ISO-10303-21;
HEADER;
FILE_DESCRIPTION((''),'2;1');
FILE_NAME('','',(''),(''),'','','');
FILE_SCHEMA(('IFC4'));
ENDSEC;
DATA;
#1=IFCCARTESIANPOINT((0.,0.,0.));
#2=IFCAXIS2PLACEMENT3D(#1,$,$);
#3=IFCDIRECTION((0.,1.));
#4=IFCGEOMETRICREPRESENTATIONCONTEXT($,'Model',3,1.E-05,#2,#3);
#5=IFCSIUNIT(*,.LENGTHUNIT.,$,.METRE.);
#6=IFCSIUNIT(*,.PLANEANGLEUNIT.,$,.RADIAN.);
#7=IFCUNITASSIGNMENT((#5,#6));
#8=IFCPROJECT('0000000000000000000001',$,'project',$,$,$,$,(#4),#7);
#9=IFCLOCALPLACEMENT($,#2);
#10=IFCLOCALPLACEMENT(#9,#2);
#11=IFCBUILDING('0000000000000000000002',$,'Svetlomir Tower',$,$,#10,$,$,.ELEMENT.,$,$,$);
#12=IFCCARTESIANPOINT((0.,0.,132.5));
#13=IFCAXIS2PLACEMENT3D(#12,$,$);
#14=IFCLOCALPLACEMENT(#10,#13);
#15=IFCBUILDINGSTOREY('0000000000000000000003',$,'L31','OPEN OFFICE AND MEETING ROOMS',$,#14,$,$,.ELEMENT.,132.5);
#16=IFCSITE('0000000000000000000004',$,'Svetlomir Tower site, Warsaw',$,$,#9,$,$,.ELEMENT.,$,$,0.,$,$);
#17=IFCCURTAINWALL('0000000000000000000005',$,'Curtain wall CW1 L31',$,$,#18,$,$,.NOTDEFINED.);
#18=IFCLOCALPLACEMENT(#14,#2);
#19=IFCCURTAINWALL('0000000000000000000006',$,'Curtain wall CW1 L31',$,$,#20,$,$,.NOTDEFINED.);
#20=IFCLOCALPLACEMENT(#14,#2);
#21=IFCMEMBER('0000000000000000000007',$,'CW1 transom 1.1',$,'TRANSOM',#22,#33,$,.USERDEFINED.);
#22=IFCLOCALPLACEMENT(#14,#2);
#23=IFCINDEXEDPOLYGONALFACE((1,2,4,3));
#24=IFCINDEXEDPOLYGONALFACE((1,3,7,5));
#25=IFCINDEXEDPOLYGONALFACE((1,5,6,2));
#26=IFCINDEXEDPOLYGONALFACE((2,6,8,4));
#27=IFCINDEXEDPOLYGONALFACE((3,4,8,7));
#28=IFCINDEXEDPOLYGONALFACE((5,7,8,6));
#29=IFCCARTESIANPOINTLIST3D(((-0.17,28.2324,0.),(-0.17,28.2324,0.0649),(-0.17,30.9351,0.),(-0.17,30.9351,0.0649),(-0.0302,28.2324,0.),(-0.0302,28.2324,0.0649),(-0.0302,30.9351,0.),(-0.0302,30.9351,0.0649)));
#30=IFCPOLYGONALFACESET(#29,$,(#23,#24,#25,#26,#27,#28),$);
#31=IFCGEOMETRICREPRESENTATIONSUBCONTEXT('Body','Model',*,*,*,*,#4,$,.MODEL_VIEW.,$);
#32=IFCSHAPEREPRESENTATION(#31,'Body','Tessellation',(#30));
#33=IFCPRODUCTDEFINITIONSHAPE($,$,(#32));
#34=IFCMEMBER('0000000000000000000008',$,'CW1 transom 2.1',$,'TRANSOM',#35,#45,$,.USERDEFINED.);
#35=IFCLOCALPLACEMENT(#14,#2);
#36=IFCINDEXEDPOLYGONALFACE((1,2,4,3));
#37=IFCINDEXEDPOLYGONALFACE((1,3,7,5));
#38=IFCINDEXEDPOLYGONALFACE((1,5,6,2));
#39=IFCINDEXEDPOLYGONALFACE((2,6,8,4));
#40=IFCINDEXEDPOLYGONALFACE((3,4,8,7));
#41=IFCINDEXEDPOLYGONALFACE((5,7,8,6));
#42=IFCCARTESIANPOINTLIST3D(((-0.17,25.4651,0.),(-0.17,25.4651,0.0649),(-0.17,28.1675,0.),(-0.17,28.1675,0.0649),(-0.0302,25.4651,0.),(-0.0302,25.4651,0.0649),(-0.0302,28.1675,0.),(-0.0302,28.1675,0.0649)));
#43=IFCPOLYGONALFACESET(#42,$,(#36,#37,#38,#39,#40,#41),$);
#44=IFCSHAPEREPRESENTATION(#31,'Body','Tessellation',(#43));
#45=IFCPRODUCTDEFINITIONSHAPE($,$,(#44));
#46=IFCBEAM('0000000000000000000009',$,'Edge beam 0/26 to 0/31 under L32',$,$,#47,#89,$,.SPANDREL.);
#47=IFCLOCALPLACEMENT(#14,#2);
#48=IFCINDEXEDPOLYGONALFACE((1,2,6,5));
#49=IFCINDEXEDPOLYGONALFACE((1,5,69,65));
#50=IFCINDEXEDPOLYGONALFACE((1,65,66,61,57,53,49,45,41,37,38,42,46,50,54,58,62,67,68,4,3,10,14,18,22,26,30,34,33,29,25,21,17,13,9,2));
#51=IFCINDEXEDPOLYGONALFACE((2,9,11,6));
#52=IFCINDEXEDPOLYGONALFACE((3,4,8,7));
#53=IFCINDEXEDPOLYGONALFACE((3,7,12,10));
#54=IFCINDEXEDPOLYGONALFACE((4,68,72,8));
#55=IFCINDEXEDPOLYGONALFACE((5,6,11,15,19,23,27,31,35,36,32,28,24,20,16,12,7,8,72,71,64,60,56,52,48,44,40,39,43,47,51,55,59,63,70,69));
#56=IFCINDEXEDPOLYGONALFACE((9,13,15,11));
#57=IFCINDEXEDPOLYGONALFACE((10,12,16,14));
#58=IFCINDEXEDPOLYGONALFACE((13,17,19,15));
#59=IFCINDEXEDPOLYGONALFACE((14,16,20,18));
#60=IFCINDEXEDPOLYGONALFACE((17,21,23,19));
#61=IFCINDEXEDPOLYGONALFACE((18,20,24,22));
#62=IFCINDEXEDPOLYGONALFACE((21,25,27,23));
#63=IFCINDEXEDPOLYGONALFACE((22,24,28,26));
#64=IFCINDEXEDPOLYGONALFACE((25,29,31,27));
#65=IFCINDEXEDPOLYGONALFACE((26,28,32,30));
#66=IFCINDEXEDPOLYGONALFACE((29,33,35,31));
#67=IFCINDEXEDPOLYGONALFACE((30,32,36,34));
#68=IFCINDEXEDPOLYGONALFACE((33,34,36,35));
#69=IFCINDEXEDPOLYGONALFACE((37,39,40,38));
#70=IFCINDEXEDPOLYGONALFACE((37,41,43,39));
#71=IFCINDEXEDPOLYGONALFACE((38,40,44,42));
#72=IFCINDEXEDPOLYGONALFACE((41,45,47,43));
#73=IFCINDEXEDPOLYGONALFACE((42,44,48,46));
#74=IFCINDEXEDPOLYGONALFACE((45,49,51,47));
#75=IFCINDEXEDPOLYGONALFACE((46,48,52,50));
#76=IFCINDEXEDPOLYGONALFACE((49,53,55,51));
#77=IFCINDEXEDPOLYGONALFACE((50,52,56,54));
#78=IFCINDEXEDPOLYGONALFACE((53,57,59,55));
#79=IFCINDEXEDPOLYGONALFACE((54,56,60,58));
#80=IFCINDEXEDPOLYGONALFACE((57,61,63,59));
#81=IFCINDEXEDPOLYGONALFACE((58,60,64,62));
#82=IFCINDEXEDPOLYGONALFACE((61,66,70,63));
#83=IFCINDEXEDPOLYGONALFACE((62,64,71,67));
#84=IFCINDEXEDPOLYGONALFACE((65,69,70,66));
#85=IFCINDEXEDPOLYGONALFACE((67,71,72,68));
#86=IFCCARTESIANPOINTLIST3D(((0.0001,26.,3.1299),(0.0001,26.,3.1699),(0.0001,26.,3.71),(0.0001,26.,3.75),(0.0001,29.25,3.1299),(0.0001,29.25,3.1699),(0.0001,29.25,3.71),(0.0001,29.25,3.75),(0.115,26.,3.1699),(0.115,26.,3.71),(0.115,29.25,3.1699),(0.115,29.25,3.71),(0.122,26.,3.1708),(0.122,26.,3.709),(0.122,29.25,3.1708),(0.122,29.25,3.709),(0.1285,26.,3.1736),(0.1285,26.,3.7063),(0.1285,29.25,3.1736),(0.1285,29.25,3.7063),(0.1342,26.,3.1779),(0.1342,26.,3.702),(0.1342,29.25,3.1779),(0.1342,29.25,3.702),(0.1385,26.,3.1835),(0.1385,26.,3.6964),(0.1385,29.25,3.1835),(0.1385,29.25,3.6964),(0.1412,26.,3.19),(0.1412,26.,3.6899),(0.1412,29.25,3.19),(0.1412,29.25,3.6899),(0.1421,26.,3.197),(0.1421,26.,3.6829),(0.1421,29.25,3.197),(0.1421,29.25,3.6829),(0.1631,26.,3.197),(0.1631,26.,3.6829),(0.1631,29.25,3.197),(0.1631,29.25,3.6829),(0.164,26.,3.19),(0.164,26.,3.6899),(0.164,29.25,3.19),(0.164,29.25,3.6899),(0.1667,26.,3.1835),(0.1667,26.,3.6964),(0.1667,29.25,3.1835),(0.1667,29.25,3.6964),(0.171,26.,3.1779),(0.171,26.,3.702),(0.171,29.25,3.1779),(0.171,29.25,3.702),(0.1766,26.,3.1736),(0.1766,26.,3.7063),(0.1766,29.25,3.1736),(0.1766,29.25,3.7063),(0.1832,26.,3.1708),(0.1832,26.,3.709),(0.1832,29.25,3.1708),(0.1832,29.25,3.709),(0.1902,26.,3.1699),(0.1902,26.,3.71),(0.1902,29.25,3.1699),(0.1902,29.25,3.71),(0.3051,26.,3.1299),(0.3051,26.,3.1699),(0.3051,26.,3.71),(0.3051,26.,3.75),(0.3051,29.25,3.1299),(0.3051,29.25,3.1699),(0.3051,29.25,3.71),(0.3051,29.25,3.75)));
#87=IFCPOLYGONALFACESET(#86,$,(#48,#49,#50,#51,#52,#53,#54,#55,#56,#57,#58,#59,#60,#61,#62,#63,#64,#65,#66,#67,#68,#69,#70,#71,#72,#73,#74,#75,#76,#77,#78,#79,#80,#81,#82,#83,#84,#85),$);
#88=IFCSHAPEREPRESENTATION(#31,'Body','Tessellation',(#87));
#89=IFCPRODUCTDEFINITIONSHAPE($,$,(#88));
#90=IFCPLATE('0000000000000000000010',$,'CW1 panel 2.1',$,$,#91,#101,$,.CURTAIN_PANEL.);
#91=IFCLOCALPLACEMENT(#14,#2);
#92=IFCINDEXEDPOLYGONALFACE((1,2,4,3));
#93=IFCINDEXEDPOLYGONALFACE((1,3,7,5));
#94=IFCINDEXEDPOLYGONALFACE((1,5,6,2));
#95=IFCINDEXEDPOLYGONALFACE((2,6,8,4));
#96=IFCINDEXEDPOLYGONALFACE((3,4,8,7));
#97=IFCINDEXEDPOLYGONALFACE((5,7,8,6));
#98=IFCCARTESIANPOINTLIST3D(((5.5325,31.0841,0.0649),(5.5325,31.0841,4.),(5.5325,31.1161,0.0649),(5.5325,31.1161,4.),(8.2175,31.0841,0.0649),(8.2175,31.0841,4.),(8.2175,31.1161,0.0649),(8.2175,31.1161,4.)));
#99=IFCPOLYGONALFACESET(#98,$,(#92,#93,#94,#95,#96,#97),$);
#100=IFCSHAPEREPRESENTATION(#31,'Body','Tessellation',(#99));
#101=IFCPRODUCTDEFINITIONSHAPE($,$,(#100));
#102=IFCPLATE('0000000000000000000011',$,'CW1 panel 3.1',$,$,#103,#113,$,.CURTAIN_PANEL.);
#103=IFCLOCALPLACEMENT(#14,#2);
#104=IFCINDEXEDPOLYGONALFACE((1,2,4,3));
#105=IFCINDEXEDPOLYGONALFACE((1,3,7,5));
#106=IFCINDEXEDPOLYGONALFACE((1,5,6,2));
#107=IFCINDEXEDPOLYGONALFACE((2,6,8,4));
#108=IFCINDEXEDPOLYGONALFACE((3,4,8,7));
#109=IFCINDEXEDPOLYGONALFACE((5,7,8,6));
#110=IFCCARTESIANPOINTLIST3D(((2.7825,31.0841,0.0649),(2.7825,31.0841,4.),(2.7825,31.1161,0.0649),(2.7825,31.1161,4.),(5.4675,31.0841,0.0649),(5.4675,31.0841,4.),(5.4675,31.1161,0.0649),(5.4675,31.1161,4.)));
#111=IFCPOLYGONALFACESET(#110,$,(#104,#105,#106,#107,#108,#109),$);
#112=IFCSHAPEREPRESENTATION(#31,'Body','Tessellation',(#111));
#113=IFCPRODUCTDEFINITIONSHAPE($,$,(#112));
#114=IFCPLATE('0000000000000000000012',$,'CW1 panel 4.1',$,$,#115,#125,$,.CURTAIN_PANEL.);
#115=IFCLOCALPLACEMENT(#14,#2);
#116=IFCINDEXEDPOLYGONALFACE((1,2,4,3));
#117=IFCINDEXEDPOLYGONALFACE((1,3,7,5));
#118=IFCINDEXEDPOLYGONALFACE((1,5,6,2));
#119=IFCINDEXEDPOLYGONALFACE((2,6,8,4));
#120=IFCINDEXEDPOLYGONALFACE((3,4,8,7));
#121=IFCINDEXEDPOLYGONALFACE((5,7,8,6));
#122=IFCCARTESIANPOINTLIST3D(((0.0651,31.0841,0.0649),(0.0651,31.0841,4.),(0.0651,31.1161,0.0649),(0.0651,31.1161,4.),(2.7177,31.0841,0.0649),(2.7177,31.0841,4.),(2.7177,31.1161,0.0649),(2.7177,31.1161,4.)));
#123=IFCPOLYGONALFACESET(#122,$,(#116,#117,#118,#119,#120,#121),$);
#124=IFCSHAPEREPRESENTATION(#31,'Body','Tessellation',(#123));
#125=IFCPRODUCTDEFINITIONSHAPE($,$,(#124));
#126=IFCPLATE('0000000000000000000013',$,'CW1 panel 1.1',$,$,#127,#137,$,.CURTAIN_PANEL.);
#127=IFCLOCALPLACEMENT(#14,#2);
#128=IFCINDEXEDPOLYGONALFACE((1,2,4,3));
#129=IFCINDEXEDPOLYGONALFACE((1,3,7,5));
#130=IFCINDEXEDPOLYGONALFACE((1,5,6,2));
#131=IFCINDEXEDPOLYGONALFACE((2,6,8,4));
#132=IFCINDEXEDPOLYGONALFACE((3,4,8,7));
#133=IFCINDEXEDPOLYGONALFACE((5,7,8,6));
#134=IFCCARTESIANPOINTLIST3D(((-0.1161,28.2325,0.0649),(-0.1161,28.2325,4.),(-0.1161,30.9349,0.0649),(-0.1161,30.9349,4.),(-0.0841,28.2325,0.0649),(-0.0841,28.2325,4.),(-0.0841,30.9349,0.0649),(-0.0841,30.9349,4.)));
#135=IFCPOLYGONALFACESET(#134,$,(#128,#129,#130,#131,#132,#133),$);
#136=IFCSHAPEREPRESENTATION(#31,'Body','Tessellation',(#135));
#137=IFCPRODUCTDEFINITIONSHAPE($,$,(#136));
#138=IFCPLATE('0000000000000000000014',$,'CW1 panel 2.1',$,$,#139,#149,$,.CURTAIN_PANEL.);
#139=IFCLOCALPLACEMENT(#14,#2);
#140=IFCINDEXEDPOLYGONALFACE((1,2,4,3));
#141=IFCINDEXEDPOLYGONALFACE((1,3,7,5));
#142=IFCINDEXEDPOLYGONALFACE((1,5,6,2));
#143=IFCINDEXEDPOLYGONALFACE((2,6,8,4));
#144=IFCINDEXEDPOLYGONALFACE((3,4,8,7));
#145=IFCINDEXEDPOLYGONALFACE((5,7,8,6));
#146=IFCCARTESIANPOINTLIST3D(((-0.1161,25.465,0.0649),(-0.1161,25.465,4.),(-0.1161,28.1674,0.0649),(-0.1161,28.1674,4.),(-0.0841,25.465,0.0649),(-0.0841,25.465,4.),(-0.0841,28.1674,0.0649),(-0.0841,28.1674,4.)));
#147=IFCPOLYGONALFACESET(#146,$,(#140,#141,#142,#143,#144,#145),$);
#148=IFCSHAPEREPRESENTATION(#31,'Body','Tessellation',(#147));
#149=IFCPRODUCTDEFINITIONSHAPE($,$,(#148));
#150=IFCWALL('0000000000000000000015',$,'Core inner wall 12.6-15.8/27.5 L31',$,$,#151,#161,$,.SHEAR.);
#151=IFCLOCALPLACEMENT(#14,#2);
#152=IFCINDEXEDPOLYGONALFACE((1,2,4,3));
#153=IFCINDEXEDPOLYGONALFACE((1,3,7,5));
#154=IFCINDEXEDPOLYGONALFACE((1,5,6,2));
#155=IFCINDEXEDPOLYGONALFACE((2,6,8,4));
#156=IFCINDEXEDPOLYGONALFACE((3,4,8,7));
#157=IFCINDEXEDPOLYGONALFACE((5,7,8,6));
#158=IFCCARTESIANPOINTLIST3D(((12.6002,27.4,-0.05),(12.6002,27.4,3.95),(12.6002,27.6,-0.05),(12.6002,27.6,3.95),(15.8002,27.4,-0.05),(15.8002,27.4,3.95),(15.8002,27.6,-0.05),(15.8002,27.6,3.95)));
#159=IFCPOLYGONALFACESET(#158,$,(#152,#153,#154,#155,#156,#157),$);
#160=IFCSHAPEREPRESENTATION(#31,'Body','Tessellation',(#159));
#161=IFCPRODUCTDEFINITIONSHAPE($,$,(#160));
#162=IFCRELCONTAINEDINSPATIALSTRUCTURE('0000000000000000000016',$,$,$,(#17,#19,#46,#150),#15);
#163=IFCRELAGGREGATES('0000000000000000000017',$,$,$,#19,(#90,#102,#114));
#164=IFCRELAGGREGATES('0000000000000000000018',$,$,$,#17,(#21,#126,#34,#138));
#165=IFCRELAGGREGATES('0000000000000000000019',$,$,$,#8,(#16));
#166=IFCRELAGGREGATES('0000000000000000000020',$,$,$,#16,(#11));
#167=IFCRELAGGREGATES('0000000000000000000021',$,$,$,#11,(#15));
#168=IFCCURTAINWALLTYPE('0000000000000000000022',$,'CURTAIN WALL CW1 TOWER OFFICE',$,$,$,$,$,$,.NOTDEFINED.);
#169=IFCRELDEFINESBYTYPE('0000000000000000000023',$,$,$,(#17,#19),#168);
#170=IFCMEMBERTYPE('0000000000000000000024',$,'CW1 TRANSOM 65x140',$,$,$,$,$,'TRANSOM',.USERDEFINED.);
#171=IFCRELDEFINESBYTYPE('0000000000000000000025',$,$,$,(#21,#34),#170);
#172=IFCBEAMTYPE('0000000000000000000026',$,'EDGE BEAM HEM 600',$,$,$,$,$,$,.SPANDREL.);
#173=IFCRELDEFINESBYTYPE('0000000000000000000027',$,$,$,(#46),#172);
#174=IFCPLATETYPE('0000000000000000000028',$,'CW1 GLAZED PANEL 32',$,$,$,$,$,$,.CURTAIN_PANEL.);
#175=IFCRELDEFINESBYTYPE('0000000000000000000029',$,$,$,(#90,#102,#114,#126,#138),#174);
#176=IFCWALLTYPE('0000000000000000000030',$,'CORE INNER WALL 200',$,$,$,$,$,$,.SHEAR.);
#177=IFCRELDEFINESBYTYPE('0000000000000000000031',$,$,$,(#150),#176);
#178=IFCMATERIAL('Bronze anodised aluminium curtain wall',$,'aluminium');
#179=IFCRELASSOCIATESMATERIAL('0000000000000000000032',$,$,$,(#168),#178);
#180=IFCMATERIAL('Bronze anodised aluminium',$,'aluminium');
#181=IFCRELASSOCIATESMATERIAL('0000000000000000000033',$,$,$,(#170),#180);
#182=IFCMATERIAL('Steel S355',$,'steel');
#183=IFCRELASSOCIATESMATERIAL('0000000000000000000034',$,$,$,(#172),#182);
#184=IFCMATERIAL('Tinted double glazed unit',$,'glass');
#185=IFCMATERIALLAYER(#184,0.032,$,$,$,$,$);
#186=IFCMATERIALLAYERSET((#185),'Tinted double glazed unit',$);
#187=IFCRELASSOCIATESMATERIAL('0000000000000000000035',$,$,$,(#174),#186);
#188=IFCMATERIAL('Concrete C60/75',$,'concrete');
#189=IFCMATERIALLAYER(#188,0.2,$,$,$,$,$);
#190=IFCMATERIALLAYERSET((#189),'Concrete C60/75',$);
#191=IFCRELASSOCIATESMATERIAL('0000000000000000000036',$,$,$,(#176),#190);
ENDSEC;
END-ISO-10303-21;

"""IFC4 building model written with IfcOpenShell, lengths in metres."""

from ifc_helpers import new_model, si_unit, direction, frame, frame_2d, origin, origin_2d, place, context, subcontext, project, spatial, rectangle, i_section, extrude, material, layer, layer_set, material_profile, profile_set, type_object, element, aggregate, save


model = new_model("IFC4")

# Units and contexts
model_context = context("Model", 3, precision=1e-05, world=origin(), true_north=direction((0.0, 1.0)))
body_context = subcontext(model_context, "Body", "Model", "MODEL_VIEW")
ifc_project = project(units=[si_unit("LENGTHUNIT", "METRE"), si_unit("PLANEANGLEUNIT", "RADIAN")], contexts=[model_context])

# Site, building, storey
site_placement = place(None, origin())
site = spatial("IfcSite", under=ifc_project, at=site_placement, Name="Svetlomir Tower site, Warsaw", CompositionType="ELEMENT", RefElevation=0.0)
building_placement = place(site_placement, origin())
building = spatial("IfcBuilding", under=site, at=building_placement, Name="Svetlomir Tower", CompositionType="ELEMENT")
storey_placement = place(building_placement, frame((0.0, 0.0, 132.5)))
storey = spatial("IfcBuildingStorey", under=building, at=storey_placement, Name="L31", Description="OPEN OFFICE AND MEETING ROOMS", CompositionType="ELEMENT", Elevation=132.5)

# Curtain wall
ifc_material_1 = material(Name="Bronze anodised aluminium curtain wall", Category="aluminium")
curtain_wall_type = type_object("IfcCurtainWallType", Name="CURTAIN WALL CW1 TOWER OFFICE", PredefinedType="NOTDEFINED", material=ifc_material_1)
curtain_wall_1_placement = place(storey_placement, origin())
curtain_wall_1 = element("IfcCurtainWall", 1, at=curtain_wall_1_placement, inside=storey, type_object=curtain_wall_type, Name="Curtain wall CW1 L31", PredefinedType="NOTDEFINED")

# Curtain wall
curtain_wall_2_placement = place(storey_placement, origin())
curtain_wall_2 = element("IfcCurtainWall", 2, at=curtain_wall_2_placement, inside=storey, type_object=curtain_wall_type, Name="Curtain wall CW1 L31", PredefinedType="NOTDEFINED")

# Members
ifc_material_2 = material(Name="Bronze anodised aluminium", Category="aluminium")
ifc_material_profile_1 = material_profile(ifc_material_2, rectangle(XDim=0.1399, YDim=0.0649, at=origin_2d()), Name="AL 140x65")
ifc_profile_set_1 = profile_set([ifc_material_profile_1], Name="Bronze anodised aluminium 6063-T6")
member_type_1 = type_object("IfcMemberType", Name="CW1 TRANSOM 65x140", ElementType="TRANSOM", PredefinedType="USERDEFINED", material=ifc_profile_set_1)
member_1_placement = place(storey_placement, frame((-0.1001, 30.9351, 0.0325), z_axis=(0.0, -1.0, 0.0), x_axis=(1.0, 0.0, 0.0)))
member_1 = element("IfcMember", 3, at=member_1_placement, type_object=member_type_1, Name="CW1 transom 1.1", ObjectType="TRANSOM", PredefinedType="USERDEFINED", context=body_context, shape_type="SweptSolid", body=[
    extrude(rectangle(XDim=0.1399, YDim=0.0649, at=origin_2d()), origin(), (0.0, 0.0, 1.0), 2.7026),
])
member_2_placement = place(storey_placement, frame((-0.1001, 28.1675, 0.0325), z_axis=(0.0, -1.0, 0.0), x_axis=(1.0, 0.0, 0.0)))
member_2 = element("IfcMember", 4, at=member_2_placement, type_object=member_type_1, Name="CW1 transom 2.1", ObjectType="TRANSOM", PredefinedType="USERDEFINED", context=body_context, shape_type="SweptSolid", body=[
    extrude(rectangle(XDim=0.1399, YDim=0.0649, at=origin_2d()), origin(), (0.0, 0.0, 1.0), 2.7024),
])

# Beam
ifc_material_3 = material(Name="Steel S355", Category="steel")
ifc_material_profile_2 = material_profile(ifc_material_3, i_section(OverallWidth=0.3049, OverallDepth=0.6201, WebThickness=0.021, FlangeThickness=0.04, FilletRadius=0.0271, at=origin_2d()), Name="HEM 600")
ifc_profile_set_2 = profile_set([ifc_material_profile_2], Name="Steel S355")
beam_type = type_object("IfcBeamType", Name="EDGE BEAM HEM 600", PredefinedType="SPANDREL", material=ifc_profile_set_2)
beam_placement = place(storey_placement, frame((0.1526, 26.0, 3.4399), z_axis=(0.0, 1.0, 0.0), x_axis=(-1.0, 0.0, 0.0)))
element("IfcBeam", 5, at=beam_placement, inside=storey, type_object=beam_type, Name="Edge beam 0/26 to 0/31 under L32", PredefinedType="SPANDREL", context=body_context, shape_type="SweptSolid", body=[
    extrude(i_section(OverallWidth=0.3049, OverallDepth=0.6201, WebThickness=0.021, FlangeThickness=0.04, FilletRadius=0.0271, at=origin_2d()), origin(), (0.0, 0.0, 1.0), 3.25),
])

# Plates
ifc_material_4 = material(Name="Tinted double glazed unit", Category="glass")
ifc_layer_1 = layer(ifc_material_4, 0.032)
ifc_layer_set_1 = layer_set([ifc_layer_1], Name="Tinted double glazed unit")
plate_type = type_object("IfcPlateType", Name="CW1 GLAZED PANEL 32", PredefinedType="CURTAIN_PANEL", material=ifc_layer_set_1)
plate_1_placement = place(storey_placement, frame((6.875, 31.1001, 0.0649), z_axis=(0.0, 0.0, 1.0), x_axis=(-1.0, 0.0, 0.0)))
plate_1 = element("IfcPlate", 6, at=plate_1_placement, type_object=plate_type, Name="CW1 panel 2.1", PredefinedType="CURTAIN_PANEL", context=body_context, shape_type="SweptSolid", body=[
    extrude(rectangle(XDim=2.6851, YDim=0.032, at=origin_2d()), origin(), (0.0, 0.0, 1.0), 3.9351),
])
plate_2_placement = place(storey_placement, frame((4.125, 31.1001, 0.0649), z_axis=(0.0, 0.0, 1.0), x_axis=(-1.0, 0.0, 0.0)))
plate_2 = element("IfcPlate", 7, at=plate_2_placement, type_object=plate_type, Name="CW1 panel 3.1", PredefinedType="CURTAIN_PANEL", context=body_context, shape_type="SweptSolid", body=[
    extrude(rectangle(XDim=2.6851, YDim=0.032, at=origin_2d()), origin(), (0.0, 0.0, 1.0), 3.9351),
])
plate_3_placement = place(storey_placement, frame((1.3914, 31.1001, 0.0649), z_axis=(0.0, 0.0, 1.0), x_axis=(-1.0, 0.0, 0.0)))
plate_3 = element("IfcPlate", 8, at=plate_3_placement, type_object=plate_type, Name="CW1 panel 4.1", PredefinedType="CURTAIN_PANEL", context=body_context, shape_type="SweptSolid", body=[
    extrude(rectangle(XDim=2.6526, YDim=0.032, at=origin_2d()), origin(), (0.0, 0.0, 1.0), 3.9351),
])
aggregate(curtain_wall_2, [plate_1, plate_2, plate_3])
plate_4_placement = place(storey_placement, frame((-0.1001, 29.5837, 0.0649), z_axis=(0.0, 0.0, 1.0), x_axis=(0.0, -1.0, 0.0)))
plate_4 = element("IfcPlate", 9, at=plate_4_placement, type_object=plate_type, Name="CW1 panel 1.1", PredefinedType="CURTAIN_PANEL", context=body_context, shape_type="SweptSolid", body=[
    extrude(rectangle(XDim=2.7024, YDim=0.032, at=origin_2d()), origin(), (0.0, 0.0, 1.0), 3.9351),
])
plate_5_placement = place(storey_placement, frame((-0.1001, 26.8162, 0.0649), z_axis=(0.0, 0.0, 1.0), x_axis=(0.0, -1.0, 0.0)))
plate_5 = element("IfcPlate", 10, at=plate_5_placement, type_object=plate_type, Name="CW1 panel 2.1", PredefinedType="CURTAIN_PANEL", context=body_context, shape_type="SweptSolid", body=[
    extrude(rectangle(XDim=2.7024, YDim=0.032, at=origin_2d()), origin(), (0.0, 0.0, 1.0), 3.9351),
])
aggregate(curtain_wall_1, [member_1, plate_4, member_2, plate_5])

# Wall
ifc_material_5 = material(Name="Concrete C60/75", Category="concrete")
ifc_layer_2 = layer(ifc_material_5, 0.2)
ifc_layer_set_2 = layer_set([ifc_layer_2], Name="Concrete C60/75")
wall_type_1 = type_object("IfcWallType", Name="CORE INNER WALL 200", PredefinedType="SHEAR", material=ifc_layer_set_2)
wall_1_placement = place(storey_placement, frame((12.6001, 27.5, -0.05), z_axis=(0.0, 0.0, 1.0), x_axis=(1.0, 0.0, 0.0)))
element("IfcWall", 11, at=wall_1_placement, inside=storey, type_object=wall_type_1, Name="Core inner wall 12.6-15.8/27.5 L31", PredefinedType="SHEAR", context=body_context, shape_type="SweptSolid", body=[
    extrude(rectangle(XDim=3.2, YDim=0.2, at=frame_2d((1.6001, 0.0))), origin(), (0.0, 0.0, 1.0), 4.0),
])

save(model, "model.ifc")
